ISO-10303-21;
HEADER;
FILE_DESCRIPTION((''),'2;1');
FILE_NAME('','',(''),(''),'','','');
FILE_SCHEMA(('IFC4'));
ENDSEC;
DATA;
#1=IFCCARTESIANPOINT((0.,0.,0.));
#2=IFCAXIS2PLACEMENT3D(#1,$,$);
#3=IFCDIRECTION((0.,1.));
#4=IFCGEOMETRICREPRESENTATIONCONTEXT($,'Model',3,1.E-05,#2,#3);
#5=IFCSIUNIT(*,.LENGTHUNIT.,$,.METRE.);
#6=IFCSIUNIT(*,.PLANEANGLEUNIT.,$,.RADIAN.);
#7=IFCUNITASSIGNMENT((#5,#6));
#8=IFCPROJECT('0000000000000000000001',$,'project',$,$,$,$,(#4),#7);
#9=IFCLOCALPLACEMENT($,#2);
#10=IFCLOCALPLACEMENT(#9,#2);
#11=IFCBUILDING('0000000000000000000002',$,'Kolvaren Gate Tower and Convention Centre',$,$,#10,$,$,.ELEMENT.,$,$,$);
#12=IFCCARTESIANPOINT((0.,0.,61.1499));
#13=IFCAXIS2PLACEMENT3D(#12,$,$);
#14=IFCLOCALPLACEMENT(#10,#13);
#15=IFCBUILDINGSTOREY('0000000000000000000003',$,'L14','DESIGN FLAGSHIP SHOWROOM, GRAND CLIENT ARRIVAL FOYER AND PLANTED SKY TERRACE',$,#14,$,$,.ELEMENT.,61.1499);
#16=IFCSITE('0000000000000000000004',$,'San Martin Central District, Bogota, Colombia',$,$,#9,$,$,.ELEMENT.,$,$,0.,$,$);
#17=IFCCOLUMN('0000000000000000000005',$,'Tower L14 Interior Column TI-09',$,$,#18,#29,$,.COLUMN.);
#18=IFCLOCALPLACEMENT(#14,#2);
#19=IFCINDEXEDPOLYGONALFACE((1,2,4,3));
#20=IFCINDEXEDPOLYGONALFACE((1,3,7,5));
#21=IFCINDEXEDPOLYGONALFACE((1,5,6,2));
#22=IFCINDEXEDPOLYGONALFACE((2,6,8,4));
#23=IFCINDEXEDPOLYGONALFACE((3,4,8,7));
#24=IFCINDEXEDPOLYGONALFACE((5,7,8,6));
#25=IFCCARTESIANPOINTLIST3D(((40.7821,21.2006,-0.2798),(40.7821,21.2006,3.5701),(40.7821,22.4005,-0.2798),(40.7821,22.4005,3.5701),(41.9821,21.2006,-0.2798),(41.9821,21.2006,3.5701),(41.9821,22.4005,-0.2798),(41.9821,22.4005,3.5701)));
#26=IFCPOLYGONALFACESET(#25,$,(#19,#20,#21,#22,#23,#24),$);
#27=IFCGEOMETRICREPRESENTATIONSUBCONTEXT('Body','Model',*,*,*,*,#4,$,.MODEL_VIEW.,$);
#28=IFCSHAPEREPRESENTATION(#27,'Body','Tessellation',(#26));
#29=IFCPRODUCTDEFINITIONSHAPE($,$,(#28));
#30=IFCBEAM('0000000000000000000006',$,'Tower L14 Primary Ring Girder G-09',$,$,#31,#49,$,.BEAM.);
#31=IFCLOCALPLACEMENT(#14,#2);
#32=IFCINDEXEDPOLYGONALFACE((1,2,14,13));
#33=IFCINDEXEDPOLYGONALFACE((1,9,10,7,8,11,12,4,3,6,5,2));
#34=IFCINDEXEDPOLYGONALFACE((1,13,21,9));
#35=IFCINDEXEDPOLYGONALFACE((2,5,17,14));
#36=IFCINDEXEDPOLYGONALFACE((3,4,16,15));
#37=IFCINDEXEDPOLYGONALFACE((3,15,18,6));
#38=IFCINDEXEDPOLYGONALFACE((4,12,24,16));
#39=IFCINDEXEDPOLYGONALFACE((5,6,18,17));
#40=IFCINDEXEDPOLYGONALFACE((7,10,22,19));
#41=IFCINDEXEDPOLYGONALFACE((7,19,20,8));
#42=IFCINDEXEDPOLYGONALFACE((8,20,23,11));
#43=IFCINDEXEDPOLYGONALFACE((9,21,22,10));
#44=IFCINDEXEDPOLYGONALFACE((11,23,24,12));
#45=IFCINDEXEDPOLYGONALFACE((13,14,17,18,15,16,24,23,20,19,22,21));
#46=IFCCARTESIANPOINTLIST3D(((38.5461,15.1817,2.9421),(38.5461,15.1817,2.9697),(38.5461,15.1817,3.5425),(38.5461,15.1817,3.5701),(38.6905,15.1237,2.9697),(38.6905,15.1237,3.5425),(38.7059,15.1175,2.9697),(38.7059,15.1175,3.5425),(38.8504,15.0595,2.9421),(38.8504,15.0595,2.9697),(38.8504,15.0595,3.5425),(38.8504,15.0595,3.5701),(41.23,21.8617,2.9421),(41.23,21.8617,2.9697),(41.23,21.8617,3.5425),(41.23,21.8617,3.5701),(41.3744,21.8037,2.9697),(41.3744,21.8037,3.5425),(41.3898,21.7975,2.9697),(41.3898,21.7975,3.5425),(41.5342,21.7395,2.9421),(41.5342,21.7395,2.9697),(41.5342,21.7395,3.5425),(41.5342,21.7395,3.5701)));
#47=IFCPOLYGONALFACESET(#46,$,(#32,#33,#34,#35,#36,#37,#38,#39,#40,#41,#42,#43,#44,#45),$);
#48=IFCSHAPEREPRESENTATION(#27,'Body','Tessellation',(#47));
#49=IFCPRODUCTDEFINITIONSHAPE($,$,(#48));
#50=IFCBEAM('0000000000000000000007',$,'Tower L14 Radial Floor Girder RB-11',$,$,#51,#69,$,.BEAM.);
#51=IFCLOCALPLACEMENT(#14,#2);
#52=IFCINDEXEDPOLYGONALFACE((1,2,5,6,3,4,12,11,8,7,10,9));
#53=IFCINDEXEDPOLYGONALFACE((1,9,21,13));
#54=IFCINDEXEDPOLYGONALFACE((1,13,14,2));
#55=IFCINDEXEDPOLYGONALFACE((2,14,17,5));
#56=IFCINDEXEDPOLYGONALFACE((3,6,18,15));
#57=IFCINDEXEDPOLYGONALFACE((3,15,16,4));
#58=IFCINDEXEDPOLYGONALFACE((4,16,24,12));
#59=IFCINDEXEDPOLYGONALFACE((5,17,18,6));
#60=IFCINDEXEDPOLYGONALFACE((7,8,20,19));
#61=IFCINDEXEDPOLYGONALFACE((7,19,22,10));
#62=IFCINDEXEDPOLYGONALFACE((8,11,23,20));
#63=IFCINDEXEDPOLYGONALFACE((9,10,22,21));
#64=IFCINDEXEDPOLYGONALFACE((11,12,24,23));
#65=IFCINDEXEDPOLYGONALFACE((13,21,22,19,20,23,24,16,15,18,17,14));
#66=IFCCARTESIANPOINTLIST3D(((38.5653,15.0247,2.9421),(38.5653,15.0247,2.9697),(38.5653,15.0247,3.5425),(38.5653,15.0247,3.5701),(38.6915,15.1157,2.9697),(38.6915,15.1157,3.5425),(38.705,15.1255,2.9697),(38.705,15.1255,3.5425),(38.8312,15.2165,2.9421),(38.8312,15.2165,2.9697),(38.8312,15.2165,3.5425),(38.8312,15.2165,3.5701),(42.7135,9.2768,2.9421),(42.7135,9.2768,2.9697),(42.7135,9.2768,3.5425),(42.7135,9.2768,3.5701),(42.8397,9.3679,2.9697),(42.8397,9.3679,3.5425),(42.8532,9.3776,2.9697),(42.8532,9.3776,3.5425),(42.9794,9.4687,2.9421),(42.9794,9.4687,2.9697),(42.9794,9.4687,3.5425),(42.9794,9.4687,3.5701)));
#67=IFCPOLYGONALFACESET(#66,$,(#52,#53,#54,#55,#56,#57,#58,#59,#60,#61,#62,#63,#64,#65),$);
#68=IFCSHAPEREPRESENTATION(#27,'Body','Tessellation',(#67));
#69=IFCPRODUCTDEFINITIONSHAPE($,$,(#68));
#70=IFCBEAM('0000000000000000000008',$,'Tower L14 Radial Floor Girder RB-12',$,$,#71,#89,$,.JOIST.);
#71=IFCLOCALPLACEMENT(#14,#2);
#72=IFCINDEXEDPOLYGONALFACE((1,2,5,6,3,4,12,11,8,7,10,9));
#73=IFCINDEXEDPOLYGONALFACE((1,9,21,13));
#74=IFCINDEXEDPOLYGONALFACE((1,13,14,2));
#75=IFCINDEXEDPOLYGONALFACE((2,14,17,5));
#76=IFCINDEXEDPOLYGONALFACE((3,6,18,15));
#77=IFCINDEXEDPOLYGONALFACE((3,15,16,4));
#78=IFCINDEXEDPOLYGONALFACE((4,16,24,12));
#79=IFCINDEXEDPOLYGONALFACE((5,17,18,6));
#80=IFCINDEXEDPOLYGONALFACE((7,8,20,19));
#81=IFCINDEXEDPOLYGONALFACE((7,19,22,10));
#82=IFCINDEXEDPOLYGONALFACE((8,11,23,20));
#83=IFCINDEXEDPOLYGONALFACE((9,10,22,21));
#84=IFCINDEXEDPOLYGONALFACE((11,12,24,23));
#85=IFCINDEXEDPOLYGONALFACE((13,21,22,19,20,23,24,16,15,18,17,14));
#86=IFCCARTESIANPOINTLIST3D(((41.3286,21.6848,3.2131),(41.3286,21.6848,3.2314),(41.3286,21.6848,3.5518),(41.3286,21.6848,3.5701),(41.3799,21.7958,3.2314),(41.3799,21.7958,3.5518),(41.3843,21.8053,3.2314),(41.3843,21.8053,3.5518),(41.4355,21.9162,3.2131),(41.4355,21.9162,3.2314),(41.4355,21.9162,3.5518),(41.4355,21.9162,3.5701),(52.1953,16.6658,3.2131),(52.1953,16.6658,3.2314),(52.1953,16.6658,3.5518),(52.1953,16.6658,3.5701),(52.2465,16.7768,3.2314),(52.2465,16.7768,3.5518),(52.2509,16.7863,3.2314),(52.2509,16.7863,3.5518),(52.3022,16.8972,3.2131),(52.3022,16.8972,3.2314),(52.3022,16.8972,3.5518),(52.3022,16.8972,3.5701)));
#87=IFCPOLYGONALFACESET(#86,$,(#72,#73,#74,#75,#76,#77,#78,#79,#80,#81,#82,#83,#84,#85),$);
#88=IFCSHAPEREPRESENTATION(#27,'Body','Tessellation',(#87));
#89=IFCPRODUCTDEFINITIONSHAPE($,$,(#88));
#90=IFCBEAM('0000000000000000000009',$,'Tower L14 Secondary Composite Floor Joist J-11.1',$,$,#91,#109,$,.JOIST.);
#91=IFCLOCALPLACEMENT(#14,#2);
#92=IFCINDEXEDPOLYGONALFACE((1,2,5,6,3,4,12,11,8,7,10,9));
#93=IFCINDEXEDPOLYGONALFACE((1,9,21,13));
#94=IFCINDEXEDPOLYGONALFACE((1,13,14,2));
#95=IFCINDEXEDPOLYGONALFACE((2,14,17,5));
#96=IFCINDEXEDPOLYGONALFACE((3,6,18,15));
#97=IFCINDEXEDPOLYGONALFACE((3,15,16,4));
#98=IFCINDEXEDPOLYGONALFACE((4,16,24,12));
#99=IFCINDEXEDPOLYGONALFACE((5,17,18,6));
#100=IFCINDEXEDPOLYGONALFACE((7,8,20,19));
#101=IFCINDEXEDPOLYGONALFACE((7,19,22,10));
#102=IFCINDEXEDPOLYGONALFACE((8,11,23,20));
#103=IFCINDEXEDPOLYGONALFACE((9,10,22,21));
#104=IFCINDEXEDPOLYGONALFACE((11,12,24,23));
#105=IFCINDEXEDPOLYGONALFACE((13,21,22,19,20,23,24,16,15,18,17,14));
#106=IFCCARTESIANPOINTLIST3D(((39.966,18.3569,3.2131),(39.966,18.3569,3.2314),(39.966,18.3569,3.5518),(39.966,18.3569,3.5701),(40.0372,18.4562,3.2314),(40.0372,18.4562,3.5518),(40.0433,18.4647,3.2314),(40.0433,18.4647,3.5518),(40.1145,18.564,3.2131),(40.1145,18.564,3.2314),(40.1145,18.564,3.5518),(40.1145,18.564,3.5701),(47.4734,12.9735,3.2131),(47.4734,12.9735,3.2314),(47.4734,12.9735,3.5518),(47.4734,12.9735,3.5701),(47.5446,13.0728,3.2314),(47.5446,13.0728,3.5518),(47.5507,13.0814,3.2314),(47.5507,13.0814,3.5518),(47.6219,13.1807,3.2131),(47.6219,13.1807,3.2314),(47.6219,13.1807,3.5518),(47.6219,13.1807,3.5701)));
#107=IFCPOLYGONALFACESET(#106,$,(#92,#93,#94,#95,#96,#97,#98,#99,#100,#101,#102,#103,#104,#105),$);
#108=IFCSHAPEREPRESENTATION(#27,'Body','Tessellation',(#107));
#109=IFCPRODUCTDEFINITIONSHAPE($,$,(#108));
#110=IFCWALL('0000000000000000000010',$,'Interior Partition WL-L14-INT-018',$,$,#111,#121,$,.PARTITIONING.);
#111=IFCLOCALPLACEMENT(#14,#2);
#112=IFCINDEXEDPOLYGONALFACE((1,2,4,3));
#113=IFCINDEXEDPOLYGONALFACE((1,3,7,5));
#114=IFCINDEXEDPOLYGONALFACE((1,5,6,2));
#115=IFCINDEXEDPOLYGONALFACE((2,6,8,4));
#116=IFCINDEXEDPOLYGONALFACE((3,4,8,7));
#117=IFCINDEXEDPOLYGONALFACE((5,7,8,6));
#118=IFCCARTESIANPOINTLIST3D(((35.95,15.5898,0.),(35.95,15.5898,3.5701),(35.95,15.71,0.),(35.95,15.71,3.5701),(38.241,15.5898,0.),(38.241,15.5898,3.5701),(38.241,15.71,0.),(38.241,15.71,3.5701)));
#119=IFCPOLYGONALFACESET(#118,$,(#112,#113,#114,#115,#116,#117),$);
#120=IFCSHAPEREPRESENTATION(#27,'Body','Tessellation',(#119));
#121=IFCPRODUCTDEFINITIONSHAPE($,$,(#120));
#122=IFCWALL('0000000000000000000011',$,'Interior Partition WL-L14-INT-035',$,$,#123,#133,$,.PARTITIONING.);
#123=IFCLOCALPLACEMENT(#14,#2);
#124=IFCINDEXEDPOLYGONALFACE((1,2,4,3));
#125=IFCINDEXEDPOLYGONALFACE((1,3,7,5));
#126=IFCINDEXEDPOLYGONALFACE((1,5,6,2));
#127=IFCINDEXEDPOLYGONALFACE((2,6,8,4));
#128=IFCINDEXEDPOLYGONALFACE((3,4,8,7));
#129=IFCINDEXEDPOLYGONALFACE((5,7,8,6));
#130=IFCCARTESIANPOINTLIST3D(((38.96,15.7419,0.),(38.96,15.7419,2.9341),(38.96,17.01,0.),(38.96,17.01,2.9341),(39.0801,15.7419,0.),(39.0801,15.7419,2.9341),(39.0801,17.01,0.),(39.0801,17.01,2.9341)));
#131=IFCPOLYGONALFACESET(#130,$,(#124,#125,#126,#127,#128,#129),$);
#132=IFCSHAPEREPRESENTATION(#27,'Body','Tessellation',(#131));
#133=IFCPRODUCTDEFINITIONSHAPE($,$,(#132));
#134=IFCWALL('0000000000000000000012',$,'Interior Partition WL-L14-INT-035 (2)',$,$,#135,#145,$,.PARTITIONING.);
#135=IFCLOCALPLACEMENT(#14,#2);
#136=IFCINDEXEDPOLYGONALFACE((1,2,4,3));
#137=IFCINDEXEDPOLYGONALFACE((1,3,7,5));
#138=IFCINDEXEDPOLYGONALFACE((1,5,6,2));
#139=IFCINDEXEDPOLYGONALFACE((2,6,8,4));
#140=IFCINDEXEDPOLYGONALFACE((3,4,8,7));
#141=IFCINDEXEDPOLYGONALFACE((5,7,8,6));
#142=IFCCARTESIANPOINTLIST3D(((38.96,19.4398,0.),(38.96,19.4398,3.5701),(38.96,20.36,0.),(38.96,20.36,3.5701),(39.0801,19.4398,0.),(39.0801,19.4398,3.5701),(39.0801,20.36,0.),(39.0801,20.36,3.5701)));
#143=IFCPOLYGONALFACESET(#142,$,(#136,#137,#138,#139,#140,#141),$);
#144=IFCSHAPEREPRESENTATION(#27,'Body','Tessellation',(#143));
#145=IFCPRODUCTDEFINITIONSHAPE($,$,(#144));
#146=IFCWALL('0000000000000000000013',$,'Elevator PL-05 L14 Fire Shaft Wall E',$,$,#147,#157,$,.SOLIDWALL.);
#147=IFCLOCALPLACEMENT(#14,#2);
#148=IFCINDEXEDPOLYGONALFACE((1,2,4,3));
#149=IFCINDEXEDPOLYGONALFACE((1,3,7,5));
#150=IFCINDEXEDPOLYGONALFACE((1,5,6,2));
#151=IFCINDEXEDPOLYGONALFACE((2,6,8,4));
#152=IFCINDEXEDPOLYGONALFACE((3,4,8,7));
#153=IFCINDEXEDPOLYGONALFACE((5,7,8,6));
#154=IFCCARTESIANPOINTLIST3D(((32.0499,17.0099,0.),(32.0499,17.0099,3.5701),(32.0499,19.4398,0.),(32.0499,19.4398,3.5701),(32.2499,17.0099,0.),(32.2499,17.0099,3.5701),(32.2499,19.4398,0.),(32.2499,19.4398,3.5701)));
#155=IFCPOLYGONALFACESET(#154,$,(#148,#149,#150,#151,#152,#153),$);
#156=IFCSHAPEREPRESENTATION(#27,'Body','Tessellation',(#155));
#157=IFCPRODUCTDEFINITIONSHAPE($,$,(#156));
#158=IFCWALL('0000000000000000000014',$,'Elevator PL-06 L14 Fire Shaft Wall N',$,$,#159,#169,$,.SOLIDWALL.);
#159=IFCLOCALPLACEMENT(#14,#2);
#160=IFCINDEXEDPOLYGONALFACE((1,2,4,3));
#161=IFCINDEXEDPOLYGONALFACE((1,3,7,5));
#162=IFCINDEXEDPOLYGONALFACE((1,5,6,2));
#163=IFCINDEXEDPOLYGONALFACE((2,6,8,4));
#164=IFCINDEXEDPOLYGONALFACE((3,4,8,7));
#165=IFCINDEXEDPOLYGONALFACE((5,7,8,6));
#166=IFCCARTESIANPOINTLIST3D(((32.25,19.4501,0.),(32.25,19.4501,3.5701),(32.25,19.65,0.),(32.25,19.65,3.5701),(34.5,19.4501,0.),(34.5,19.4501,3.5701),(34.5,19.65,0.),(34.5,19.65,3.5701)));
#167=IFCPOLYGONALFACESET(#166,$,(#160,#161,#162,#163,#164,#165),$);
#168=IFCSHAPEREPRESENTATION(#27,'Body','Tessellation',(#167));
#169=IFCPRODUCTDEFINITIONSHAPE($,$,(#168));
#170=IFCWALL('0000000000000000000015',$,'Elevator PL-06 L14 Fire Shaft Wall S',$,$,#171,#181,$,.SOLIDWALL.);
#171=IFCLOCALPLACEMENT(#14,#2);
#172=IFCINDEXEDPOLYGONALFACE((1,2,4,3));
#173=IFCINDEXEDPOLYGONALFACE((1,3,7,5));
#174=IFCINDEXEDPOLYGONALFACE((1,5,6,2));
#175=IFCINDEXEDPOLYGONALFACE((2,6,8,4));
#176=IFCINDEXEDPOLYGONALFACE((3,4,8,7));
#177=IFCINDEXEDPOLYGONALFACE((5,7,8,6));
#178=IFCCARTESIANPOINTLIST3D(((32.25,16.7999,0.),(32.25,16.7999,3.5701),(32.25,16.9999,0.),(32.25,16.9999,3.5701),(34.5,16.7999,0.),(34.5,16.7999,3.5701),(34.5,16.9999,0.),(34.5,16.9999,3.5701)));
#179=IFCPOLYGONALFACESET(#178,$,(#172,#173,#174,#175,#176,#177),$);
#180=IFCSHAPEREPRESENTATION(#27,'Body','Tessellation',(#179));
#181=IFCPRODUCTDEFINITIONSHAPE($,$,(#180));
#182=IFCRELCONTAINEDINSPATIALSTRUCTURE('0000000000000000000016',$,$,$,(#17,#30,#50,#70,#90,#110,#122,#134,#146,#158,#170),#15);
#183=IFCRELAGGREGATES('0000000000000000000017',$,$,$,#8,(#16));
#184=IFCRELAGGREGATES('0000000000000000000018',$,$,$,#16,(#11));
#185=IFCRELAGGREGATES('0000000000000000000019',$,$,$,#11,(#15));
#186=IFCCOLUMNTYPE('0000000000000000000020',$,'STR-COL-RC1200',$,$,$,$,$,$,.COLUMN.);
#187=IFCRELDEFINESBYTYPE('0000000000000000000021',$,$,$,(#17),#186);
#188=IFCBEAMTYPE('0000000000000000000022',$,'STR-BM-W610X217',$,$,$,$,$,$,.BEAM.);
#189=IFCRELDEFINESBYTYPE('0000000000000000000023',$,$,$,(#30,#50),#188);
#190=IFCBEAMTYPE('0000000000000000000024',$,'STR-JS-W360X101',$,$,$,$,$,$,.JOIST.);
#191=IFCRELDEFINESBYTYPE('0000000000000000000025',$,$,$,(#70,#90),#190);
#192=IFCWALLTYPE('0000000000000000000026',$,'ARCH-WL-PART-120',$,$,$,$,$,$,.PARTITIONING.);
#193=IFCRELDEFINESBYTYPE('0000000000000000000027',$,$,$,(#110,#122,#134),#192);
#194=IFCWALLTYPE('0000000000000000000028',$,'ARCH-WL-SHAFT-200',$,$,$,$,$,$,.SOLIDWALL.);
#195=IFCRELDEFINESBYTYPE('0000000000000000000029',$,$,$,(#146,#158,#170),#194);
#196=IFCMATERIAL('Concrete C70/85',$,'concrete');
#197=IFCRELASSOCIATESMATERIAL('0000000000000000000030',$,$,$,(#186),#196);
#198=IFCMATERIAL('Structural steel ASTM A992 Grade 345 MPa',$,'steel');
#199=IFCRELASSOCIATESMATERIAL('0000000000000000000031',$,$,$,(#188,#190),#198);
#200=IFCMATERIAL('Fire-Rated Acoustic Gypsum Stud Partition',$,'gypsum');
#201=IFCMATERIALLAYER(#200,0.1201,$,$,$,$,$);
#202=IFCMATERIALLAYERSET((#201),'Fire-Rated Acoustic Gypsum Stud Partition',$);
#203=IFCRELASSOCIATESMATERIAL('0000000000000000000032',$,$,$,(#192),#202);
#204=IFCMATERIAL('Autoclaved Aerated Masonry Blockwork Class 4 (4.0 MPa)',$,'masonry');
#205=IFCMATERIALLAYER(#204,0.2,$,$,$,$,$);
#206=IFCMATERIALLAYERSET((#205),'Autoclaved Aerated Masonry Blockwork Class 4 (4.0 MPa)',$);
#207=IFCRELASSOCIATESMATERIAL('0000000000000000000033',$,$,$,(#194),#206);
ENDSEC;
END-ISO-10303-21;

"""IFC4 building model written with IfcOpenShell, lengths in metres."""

from ifc_helpers import new_model, si_unit, direction, frame, frame_2d, origin, origin_2d, place, context, subcontext, project, spatial, rectangle, i_section, extrude, material, layer, layer_set, material_profile, profile_set, type_object, element, save


model = new_model("IFC4")

# Units and contexts
model_context = context("Model", 3, precision=1e-05, world=origin(), true_north=direction((0.0, 1.0)))
body_context = subcontext(model_context, "Body", "Model", "MODEL_VIEW")
ifc_project = project(units=[si_unit("LENGTHUNIT", "METRE"), si_unit("PLANEANGLEUNIT", "RADIAN")], contexts=[model_context])

# Site, building, storey
site_placement = place(None, origin())
site = spatial("IfcSite", under=ifc_project, at=site_placement, Name="San Martin Central District, Bogota, Colombia", CompositionType="ELEMENT", RefElevation=0.0)
building_placement = place(site_placement, origin())
building = spatial("IfcBuilding", under=site, at=building_placement, Name="Kolvaren Gate Tower and Convention Centre", CompositionType="ELEMENT")
storey_placement = place(building_placement, frame((0.0, 0.0, 61.1499)))
storey = spatial("IfcBuildingStorey", under=building, at=storey_placement, Name="L14", Description="DESIGN FLAGSHIP SHOWROOM, GRAND CLIENT ARRIVAL FOYER AND PLANTED SKY TERRACE", CompositionType="ELEMENT", Elevation=61.1499)

# Column
ifc_material_1 = material(Name="Concrete C70/85", Category="concrete")
ifc_material_profile_1 = material_profile(ifc_material_1, rectangle(XDim=1.2, YDim=1.2, at=origin_2d()), Name="RC-COL-1200X1200")
ifc_profile_set_1 = profile_set([ifc_material_profile_1], Name="Concrete C70/85")
column_type = type_object("IfcColumnType", Name="STR-COL-RC1200", PredefinedType="COLUMN", material=ifc_profile_set_1)
column_placement = place(storey_placement, frame((41.3821, 21.8005, -0.2798), z_axis=(0.0, 0.0, 1.0), x_axis=(1.0, 0.0, 0.0)))
element("IfcColumn", 1, at=column_placement, inside=storey, type_object=column_type, Name="Tower L14 Interior Column TI-09", PredefinedType="COLUMN", context=body_context, shape_type="SweptSolid", body=[
    extrude(rectangle(XDim=1.2, YDim=1.2, at=origin_2d()), origin(), (0.0, 0.0, 1.0), 3.8499),
])

# Beams
ifc_material_2 = material(Name="Structural steel ASTM A992 Grade 345 MPa", Category="steel")
ifc_material_profile_2 = material_profile(ifc_material_2, i_section(OverallWidth=0.3279, OverallDepth=0.6279, WebThickness=0.0166, FlangeThickness=0.0276, at=origin_2d()), Name="W610X217")
ifc_profile_set_2 = profile_set([ifc_material_profile_2], Name="Structural steel ASTM A992 Grade 345 MPa")
beam_type_1 = type_object("IfcBeamType", Name="STR-BM-W610X217", PredefinedType="BEAM", material=ifc_profile_set_2)
beam_1_placement = place(storey_placement, frame((38.6982, 15.1206, 3.2561), z_axis=(0.372811, 0.927907, 0.0), x_axis=(-0.927907, 0.372811, 0.0)))
element("IfcBeam", 2, at=beam_1_placement, inside=storey, type_object=beam_type_1, Name="Tower L14 Primary Ring Girder G-09", PredefinedType="BEAM", context=body_context, shape_type="SweptSolid", body=[
    extrude(i_section(OverallWidth=0.3279, OverallDepth=0.6279, WebThickness=0.0166, FlangeThickness=0.0276, at=origin_2d()), origin(), (0.0, 0.0, 1.0), 7.199),
])
beam_2_placement = place(storey_placement, frame((38.6982, 15.1206, 3.2561), z_axis=(0.585213, -0.81088, 0.0), x_axis=(0.81088, 0.585213, 0.0)))
element("IfcBeam", 3, at=beam_2_placement, inside=storey, type_object=beam_type_1, Name="Tower L14 Radial Floor Girder RB-11", PredefinedType="BEAM", context=body_context, shape_type="SweptSolid", body=[
    extrude(i_section(OverallWidth=0.3279, OverallDepth=0.6279, WebThickness=0.0166, FlangeThickness=0.0276, at=origin_2d()), origin(), (0.0, 0.0, 1.0), 7.0884),
])
ifc_material_profile_3 = material_profile(ifc_material_2, i_section(OverallWidth=0.2549, OverallDepth=0.3569, WebThickness=0.0105, FlangeThickness=0.0183, at=origin_2d()), Name="W360X101")
ifc_profile_set_3 = profile_set([ifc_material_profile_3], Name="Structural steel ASTM A992 Grade 345 MPa")
beam_type_2 = type_object("IfcBeamType", Name="STR-JS-W360X101", PredefinedType="JOIST", material=ifc_profile_set_3)
beam_3_placement = place(storey_placement, frame((41.3821, 21.8005, 3.3916), z_axis=(0.907844, -0.419309, 0.0), x_axis=(0.419309, 0.907844, 0.0)))
element("IfcBeam", 4, at=beam_3_placement, inside=storey, type_object=beam_type_2, Name="Tower L14 Radial Floor Girder RB-12", PredefinedType="JOIST", context=body_context, shape_type="SweptSolid", body=[
    extrude(i_section(OverallWidth=0.2549, OverallDepth=0.3569, WebThickness=0.0105, FlangeThickness=0.0183, at=origin_2d()), origin(), (0.0, 0.0, 1.0), 11.9697),
])
beam_4_placement = place(storey_placement, frame((40.0403, 18.4604, 3.3916), z_axis=(0.812661, -0.582737, 0.0), x_axis=(0.582737, 0.812661, 0.0)))
element("IfcBeam", 5, at=beam_4_placement, inside=storey, type_object=beam_type_2, Name="Tower L14 Secondary Composite Floor Joist J-11.1", PredefinedType="JOIST", context=body_context, shape_type="SweptSolid", body=[
    extrude(i_section(OverallWidth=0.2549, OverallDepth=0.3569, WebThickness=0.0105, FlangeThickness=0.0183, at=origin_2d()), origin(), (0.0, 0.0, 1.0), 9.238),
])

# Walls
ifc_material_3 = material(Name="Fire-Rated Acoustic Gypsum Stud Partition", Category="gypsum")
ifc_layer_1 = layer(ifc_material_3, 0.1201)
ifc_layer_set_1 = layer_set([ifc_layer_1], Name="Fire-Rated Acoustic Gypsum Stud Partition")
wall_type_1 = type_object("IfcWallType", Name="ARCH-WL-PART-120", PredefinedType="PARTITIONING", material=ifc_layer_set_1)
wall_1_placement = place(storey_placement, frame((35.95, 15.6499, 0.0), z_axis=(0.0, 0.0, 1.0), x_axis=(1.0, 0.0, 0.0)))
element("IfcWall", 6, at=wall_1_placement, inside=storey, type_object=wall_type_1, Name="Interior Partition WL-L14-INT-018", PredefinedType="PARTITIONING", context=body_context, shape_type="SweptSolid", body=[
    extrude(rectangle(XDim=2.291, YDim=0.1201, at=frame_2d((1.1455, 0.0))), origin(), (0.0, 0.0, 1.0), 3.5701),
])
wall_2_placement = place(storey_placement, frame((39.02, 15.7419, 0.0), z_axis=(0.0, 0.0, 1.0), x_axis=(0.0, 1.0, 0.0)))
element("IfcWall", 7, at=wall_2_placement, inside=storey, type_object=wall_type_1, Name="Interior Partition WL-L14-INT-035", PredefinedType="PARTITIONING", context=body_context, shape_type="SweptSolid", body=[
    extrude(rectangle(XDim=1.2681, YDim=0.1201, at=frame_2d((0.634, 0.0))), origin(), (0.0, 0.0, 1.0), 2.9341),
])
wall_3_placement = place(storey_placement, frame((39.02, 19.4399, 0.0), z_axis=(0.0, 0.0, 1.0), x_axis=(0.0, 1.0, 0.0)))
element("IfcWall", 8, at=wall_3_placement, inside=storey, type_object=wall_type_1, Name="Interior Partition WL-L14-INT-035 (2)", PredefinedType="PARTITIONING", context=body_context, shape_type="SweptSolid", body=[
    extrude(rectangle(XDim=0.9202, YDim=0.1201, at=frame_2d((0.46, 0.0))), origin(), (0.0, 0.0, 1.0), 3.5701),
])
ifc_material_4 = material(Name="Autoclaved Aerated Masonry Blockwork Class 4 (4.0 MPa)", Category="masonry")
ifc_layer_2 = layer(ifc_material_4, 0.2)
ifc_layer_set_2 = layer_set([ifc_layer_2], Name="Autoclaved Aerated Masonry Blockwork Class 4 (4.0 MPa)")
wall_type_2 = type_object("IfcWallType", Name="ARCH-WL-SHAFT-200", PredefinedType="SOLIDWALL", material=ifc_layer_set_2)
wall_4_placement = place(storey_placement, frame((32.1499, 17.01, 0.0), z_axis=(0.0, 0.0, 1.0), x_axis=(0.0, 1.0, 0.0)))
element("IfcWall", 9, at=wall_4_placement, inside=storey, type_object=wall_type_2, Name="Elevator PL-05 L14 Fire Shaft Wall E", PredefinedType="SOLIDWALL", context=body_context, shape_type="SweptSolid", body=[
    extrude(rectangle(XDim=2.4299, YDim=0.2, at=frame_2d((1.2148, 0.0))), origin(), (0.0, 0.0, 1.0), 3.5701),
])
for number, where, z_axis, x_axis, name in (
    (10, (32.25, 19.55, 0.0), (0.0, 0.0, 1.0), (1.0, 0.0, 0.0), "Elevator PL-06 L14 Fire Shaft Wall N"),
    (11, (32.25, 16.8999, 0.0), (0.0, 0.0, 1.0), (1.0, 0.0, 0.0), "Elevator PL-06 L14 Fire Shaft Wall S"),
):
    element("IfcWall", number, at=place(storey_placement, frame(where, z_axis=z_axis, x_axis=x_axis)), inside=storey, type_object=wall_type_2, Name=name, PredefinedType="SOLIDWALL", context=body_context, shape_type="SweptSolid", body=[
        extrude(rectangle(XDim=2.25, YDim=0.2, at=frame_2d((1.125, 0.0))), origin(), (0.0, 0.0, 1.0), 3.5701),
    ])

save(model, "model.ifc")
